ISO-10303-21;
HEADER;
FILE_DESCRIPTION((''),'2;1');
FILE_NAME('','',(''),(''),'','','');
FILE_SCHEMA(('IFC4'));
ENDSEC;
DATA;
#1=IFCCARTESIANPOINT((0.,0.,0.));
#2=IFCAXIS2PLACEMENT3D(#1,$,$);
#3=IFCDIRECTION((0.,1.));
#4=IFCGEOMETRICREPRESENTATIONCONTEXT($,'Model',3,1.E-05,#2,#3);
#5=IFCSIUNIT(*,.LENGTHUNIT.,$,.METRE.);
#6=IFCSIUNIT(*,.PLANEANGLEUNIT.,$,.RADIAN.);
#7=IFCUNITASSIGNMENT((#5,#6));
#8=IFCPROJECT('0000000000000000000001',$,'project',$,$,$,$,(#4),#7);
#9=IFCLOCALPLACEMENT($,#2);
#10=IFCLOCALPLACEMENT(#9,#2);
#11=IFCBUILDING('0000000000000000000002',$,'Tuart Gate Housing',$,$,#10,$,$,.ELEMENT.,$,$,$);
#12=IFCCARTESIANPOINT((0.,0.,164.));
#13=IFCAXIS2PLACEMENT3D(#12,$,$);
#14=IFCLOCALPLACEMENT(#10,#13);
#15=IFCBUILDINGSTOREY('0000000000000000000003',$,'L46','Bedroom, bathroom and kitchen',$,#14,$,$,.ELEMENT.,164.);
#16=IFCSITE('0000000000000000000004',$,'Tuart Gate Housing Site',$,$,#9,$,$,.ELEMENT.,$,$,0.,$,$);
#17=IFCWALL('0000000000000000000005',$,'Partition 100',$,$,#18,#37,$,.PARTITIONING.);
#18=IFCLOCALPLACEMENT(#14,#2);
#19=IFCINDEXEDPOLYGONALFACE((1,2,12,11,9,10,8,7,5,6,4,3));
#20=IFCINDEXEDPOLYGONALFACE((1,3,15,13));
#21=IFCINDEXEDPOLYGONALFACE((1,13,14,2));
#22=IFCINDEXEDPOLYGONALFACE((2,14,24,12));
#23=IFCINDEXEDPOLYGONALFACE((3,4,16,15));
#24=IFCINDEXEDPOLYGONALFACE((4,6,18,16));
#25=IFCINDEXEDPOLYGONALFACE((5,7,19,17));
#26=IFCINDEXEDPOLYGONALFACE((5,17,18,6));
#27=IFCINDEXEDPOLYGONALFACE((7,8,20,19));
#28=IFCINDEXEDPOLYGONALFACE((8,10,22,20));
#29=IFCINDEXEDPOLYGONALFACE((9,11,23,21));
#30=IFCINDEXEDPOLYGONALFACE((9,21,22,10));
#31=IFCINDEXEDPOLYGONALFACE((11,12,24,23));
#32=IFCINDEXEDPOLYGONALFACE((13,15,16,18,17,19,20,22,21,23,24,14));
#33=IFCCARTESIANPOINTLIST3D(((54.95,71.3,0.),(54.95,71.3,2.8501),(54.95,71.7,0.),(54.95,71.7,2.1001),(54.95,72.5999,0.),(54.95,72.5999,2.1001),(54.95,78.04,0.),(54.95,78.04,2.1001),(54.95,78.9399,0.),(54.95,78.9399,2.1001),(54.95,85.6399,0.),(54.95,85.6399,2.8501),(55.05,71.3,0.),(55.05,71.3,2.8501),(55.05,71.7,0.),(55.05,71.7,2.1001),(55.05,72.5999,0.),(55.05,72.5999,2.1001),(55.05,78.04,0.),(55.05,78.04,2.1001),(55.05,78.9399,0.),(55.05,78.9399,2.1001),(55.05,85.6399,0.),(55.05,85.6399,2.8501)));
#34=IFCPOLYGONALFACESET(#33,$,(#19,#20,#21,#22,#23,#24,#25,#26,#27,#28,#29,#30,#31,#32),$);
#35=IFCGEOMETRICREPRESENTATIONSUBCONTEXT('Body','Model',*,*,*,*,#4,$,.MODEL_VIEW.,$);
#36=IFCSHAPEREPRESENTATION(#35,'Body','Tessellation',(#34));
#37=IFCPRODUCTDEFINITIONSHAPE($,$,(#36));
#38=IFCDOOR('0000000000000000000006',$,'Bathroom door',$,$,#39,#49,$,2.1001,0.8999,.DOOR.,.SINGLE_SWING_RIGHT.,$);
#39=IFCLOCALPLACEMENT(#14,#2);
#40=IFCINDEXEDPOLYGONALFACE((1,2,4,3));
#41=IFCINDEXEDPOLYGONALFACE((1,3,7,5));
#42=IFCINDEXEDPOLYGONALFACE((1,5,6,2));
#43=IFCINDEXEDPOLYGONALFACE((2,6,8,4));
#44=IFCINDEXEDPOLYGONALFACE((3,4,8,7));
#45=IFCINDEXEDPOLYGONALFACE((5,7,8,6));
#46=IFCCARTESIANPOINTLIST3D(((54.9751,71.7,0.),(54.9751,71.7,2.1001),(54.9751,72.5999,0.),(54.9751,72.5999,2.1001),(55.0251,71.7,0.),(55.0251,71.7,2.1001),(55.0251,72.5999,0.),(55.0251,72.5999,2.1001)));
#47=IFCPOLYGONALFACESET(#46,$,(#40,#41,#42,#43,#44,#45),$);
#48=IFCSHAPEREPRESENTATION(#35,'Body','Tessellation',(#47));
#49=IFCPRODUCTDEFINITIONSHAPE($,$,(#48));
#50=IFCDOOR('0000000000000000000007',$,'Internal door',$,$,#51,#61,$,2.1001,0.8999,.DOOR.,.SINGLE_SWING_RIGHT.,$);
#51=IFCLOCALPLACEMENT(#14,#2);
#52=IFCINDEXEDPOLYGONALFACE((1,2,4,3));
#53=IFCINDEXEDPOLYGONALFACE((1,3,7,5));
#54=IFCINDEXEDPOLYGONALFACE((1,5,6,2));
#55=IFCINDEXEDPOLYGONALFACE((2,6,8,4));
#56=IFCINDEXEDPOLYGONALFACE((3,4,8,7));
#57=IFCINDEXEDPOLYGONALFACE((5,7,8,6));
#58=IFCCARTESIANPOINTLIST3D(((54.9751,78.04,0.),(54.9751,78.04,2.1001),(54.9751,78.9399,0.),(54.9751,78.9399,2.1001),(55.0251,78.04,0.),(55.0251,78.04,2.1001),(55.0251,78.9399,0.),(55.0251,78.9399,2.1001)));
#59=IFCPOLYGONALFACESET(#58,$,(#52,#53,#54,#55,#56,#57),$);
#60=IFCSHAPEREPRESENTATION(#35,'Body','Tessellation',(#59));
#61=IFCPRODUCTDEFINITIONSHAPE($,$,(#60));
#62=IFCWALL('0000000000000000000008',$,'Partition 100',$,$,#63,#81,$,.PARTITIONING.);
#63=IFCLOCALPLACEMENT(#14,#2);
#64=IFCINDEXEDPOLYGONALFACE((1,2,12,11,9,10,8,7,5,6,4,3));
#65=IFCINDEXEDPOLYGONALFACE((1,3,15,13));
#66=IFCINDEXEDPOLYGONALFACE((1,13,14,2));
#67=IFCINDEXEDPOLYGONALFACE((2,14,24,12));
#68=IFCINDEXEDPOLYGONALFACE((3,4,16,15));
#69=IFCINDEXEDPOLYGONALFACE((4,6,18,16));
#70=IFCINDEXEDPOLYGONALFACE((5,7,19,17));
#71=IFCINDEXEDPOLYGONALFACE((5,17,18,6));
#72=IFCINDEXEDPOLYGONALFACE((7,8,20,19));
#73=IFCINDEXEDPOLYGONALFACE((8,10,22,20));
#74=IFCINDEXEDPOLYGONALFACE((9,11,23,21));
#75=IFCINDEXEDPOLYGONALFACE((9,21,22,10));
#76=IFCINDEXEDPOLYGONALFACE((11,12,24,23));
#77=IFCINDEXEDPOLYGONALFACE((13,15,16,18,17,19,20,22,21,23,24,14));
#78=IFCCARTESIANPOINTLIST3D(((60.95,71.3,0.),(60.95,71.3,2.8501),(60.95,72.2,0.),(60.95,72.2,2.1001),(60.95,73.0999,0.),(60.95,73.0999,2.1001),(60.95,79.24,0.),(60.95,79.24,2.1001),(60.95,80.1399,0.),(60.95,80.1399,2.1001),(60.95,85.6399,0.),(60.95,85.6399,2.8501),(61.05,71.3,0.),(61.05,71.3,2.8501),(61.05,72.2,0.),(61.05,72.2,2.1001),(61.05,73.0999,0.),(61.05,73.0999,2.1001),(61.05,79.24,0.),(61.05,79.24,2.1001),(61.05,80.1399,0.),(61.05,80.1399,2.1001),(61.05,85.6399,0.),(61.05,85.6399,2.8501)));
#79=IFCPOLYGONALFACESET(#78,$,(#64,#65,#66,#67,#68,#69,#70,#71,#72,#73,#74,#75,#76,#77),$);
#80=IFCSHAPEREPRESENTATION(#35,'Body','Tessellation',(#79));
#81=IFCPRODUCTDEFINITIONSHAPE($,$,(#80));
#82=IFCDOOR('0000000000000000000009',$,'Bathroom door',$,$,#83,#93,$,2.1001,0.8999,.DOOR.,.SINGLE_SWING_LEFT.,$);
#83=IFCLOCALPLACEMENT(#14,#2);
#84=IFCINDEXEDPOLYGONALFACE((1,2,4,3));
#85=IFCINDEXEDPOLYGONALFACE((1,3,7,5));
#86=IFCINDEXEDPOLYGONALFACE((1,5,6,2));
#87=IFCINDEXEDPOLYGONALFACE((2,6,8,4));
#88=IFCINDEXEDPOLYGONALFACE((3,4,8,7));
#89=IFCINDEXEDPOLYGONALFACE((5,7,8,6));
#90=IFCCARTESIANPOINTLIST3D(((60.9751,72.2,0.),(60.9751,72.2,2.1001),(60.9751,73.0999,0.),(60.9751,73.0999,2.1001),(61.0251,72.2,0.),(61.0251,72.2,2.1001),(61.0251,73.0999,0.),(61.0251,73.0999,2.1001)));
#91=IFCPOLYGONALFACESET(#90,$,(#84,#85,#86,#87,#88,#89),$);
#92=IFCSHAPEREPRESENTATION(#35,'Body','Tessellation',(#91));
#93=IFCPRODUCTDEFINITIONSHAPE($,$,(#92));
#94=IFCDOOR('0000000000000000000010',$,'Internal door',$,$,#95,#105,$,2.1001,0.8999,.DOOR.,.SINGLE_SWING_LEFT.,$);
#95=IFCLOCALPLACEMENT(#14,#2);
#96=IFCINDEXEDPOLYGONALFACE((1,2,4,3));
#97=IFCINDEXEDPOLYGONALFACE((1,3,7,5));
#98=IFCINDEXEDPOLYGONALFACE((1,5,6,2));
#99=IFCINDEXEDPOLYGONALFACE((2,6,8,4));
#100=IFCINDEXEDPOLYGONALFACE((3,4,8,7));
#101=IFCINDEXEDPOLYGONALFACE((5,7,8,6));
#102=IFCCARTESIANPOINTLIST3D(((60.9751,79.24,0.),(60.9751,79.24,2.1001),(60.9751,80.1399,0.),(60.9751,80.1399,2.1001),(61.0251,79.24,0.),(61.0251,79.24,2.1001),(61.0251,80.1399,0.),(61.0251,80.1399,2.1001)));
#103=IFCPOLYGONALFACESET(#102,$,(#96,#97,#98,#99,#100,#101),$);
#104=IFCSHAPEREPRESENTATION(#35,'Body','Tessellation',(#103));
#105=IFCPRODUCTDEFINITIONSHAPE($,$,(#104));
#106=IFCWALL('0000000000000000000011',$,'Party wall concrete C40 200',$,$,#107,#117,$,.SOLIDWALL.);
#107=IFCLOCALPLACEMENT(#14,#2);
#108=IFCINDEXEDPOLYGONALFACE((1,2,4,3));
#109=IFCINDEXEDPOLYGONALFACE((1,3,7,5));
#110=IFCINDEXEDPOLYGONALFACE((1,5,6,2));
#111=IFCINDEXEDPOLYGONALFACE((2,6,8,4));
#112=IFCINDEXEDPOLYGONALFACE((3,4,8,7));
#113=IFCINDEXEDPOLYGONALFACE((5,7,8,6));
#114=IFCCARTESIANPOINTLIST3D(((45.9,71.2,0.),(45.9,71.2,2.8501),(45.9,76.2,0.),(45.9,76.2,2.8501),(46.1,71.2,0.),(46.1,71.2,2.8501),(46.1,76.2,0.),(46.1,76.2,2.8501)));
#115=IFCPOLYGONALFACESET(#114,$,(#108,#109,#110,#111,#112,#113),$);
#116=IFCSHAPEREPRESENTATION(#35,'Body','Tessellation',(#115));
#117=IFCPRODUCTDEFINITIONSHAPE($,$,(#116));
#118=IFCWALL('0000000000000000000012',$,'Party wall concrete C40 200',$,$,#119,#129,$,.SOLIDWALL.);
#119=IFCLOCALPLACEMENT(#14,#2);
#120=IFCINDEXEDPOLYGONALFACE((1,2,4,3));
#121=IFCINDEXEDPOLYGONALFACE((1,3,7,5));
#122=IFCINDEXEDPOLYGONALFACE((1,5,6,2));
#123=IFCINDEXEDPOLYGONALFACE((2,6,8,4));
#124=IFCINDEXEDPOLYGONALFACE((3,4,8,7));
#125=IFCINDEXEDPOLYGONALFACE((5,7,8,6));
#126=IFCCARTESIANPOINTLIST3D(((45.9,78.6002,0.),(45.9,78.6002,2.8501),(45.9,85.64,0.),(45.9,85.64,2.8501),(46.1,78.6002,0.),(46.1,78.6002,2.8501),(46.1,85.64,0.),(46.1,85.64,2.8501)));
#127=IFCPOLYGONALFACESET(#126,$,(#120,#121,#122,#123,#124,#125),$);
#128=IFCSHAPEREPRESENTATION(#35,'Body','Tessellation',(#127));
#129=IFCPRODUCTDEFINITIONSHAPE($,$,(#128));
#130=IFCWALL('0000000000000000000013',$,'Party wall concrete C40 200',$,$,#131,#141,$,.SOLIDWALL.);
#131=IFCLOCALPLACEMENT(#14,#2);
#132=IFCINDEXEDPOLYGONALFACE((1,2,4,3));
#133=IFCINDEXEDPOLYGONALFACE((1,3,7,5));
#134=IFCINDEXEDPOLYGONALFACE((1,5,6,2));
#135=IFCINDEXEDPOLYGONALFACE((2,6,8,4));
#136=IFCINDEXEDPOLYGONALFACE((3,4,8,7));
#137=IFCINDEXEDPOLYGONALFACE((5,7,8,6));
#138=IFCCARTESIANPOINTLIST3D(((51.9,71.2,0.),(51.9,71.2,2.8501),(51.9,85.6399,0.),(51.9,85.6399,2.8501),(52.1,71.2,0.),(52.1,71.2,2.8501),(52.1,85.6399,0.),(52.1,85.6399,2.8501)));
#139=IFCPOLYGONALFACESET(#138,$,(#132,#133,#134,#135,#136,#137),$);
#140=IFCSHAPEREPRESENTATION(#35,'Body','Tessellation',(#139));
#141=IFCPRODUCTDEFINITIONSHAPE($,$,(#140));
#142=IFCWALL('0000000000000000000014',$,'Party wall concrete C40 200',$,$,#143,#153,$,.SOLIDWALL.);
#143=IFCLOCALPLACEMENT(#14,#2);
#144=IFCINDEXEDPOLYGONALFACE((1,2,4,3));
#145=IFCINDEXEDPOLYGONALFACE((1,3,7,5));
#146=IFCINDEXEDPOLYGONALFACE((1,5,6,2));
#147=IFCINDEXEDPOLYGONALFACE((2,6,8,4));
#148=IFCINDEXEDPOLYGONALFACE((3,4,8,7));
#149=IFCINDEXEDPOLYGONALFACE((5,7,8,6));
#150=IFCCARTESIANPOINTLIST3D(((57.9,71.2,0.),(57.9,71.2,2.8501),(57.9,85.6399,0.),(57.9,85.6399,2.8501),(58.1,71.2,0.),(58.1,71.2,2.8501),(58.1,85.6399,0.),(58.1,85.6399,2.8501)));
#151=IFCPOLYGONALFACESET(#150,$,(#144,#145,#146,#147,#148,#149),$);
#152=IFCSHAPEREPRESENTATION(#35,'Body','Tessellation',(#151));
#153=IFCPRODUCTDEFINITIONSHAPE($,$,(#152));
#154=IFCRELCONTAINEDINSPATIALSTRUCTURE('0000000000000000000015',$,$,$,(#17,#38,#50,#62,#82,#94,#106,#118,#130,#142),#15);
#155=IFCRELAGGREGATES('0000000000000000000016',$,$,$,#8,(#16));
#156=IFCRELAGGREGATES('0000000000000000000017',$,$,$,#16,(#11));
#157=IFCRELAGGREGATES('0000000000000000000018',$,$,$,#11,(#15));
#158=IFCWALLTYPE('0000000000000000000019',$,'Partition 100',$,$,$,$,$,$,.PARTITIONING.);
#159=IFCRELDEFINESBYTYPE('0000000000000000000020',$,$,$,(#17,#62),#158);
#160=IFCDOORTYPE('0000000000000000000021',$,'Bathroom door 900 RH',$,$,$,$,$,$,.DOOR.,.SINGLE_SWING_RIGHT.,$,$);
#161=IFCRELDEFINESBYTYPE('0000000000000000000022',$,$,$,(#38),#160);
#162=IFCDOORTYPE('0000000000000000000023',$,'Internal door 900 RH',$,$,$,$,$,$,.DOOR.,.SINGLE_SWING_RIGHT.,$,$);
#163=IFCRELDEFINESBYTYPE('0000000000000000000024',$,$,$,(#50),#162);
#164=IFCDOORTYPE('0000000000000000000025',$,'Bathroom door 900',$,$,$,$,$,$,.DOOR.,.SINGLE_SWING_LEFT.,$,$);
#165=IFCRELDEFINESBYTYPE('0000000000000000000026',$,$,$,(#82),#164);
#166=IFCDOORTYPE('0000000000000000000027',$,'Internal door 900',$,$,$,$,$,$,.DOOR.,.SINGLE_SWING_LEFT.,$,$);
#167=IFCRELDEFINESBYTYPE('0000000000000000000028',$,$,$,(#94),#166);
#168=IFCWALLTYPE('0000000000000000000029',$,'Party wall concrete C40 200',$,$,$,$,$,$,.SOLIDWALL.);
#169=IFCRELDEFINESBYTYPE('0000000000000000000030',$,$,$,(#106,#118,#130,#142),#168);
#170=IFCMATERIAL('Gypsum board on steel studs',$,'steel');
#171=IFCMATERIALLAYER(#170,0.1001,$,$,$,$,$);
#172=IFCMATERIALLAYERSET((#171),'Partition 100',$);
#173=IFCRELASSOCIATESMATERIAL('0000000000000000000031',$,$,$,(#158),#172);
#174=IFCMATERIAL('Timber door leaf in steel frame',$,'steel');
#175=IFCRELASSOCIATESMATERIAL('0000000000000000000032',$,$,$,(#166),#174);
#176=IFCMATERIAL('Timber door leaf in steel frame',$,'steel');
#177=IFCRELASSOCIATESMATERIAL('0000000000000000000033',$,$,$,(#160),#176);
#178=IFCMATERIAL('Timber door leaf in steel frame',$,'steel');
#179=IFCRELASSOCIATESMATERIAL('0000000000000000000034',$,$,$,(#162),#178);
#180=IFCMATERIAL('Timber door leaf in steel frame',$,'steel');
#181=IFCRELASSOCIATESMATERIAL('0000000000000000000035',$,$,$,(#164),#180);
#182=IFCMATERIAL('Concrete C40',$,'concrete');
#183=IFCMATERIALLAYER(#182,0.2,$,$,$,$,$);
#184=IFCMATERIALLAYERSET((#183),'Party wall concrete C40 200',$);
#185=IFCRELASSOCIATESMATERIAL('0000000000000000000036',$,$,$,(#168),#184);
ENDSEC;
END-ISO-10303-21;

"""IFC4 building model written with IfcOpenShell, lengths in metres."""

from ifc_helpers import new_model, si_unit, direction, frame, frame_2d, origin, place, context, subcontext, project, spatial, rectangle, extrude, material, layer, layer_set, type_object, element, fill, save


model = new_model("IFC4")

# Units and contexts
model_context = context("Model", 3, precision=1e-05, world=origin(), true_north=direction((0.0, 1.0)))
body_context = subcontext(model_context, "Body", "Model", "MODEL_VIEW")
ifc_project = project(units=[si_unit("LENGTHUNIT", "METRE"), si_unit("PLANEANGLEUNIT", "RADIAN")], contexts=[model_context])

# Site, building, storey
site_placement = place(None, origin())
site = spatial("IfcSite", under=ifc_project, at=site_placement, Name="Tuart Gate Housing Site", CompositionType="ELEMENT", RefElevation=0.0)
building_placement = place(site_placement, origin())
building = spatial("IfcBuilding", under=site, at=building_placement, Name="Tuart Gate Housing", CompositionType="ELEMENT")
storey_placement = place(building_placement, frame((0.0, 0.0, 164.0)))
storey = spatial("IfcBuildingStorey", under=building, at=storey_placement, Name="L46", Description="Bedroom, bathroom and kitchen", CompositionType="ELEMENT", Elevation=164.0)

# Shared definitions
ifc_material_1 = material(Name="Gypsum board on steel studs", Category="steel")
ifc_layer_1 = layer(ifc_material_1, 0.1001)
ifc_layer_set_1 = layer_set([ifc_layer_1], Name="Partition 100")
wall_type_1 = type_object("IfcWallType", Name="Partition 100", PredefinedType="PARTITIONING", material=ifc_layer_set_1)

# Shared definitions
ifc_material_2 = material(Name="Timber door leaf in steel frame", Category="steel")
door_type_1 = type_object("IfcDoorType", Name="Internal door 900", OperationType="SINGLE_SWING_LEFT", PredefinedType="DOOR", material=ifc_material_2)

# Walls, openings, doors
ifc_material_3 = material(Name="Timber door leaf in steel frame", Category="steel")
door_type_2 = type_object("IfcDoorType", Name="Bathroom door 900 RH", OperationType="SINGLE_SWING_RIGHT", PredefinedType="DOOR", material=ifc_material_3)
ifc_material_4 = material(Name="Timber door leaf in steel frame", Category="steel")
door_type_3 = type_object("IfcDoorType", Name="Internal door 900 RH", OperationType="SINGLE_SWING_RIGHT", PredefinedType="DOOR", material=ifc_material_4)
wall_1_placement = place(storey_placement, frame((55.0, 71.3, 0.0), z_axis=(0.0, 0.0, 1.0), x_axis=(0.0, 1.0, 0.0)))
wall_1 = element("IfcWall", 1, at=wall_1_placement, inside=storey, type_object=wall_type_1, Name="Partition 100", PredefinedType="PARTITIONING", context=body_context, shape_type="SweptSolid", body=[
    extrude(rectangle(XDim=14.3398, YDim=0.1001, at=frame_2d((7.1699, 0.0))), origin(), (0.0, 0.0, 1.0), 2.8501),
])
opening_1_placement = place(wall_1_placement, frame((6.74, 0.0, 0.0)))
opening_1 = element("IfcOpeningElement", 2, at=opening_1_placement, cuts=wall_1, PredefinedType="OPENING", context=body_context, shape_type="SweptSolid", body=[
    extrude(rectangle(XDim=0.8999, YDim=2.1001, at=frame_2d((0.45, 1.05))), frame((0.0, 0.0601, 0.0), z_axis=(0.0, -1.0, 0.0), x_axis=(1.0, 0.0, 0.0)), (0.0, 0.0, 1.0), 0.1201),
])
opening_2_placement = place(wall_1_placement, frame((0.3999, 0.0, 0.0)))
opening_2 = element("IfcOpeningElement", 3, at=opening_2_placement, cuts=wall_1, PredefinedType="OPENING", context=body_context, shape_type="SweptSolid", body=[
    extrude(rectangle(XDim=0.8999, YDim=2.1001, at=frame_2d((0.45, 1.05))), frame((0.0, 0.0601, 0.0), z_axis=(0.0, -1.0, 0.0), x_axis=(1.0, 0.0, 0.0)), (0.0, 0.0, 1.0), 0.1201),
])
door_1_placement = place(opening_2_placement, frame((0.8999, 0.0, 0.0), z_axis=(0.0, 0.0, 1.0), x_axis=(-1.0, 0.0, 0.0)))
door_1 = element("IfcDoor", 4, at=door_1_placement, inside=storey, type_object=door_type_2, Name="Bathroom door", OperationType="SINGLE_SWING_RIGHT", OverallHeight=2.1001, OverallWidth=0.8999, PredefinedType="DOOR", context=body_context, shape_type="SweptSolid", body=[
    extrude(rectangle(XDim=0.8999, YDim=2.1001, at=frame_2d((0.45, 1.05))), frame((0.0, 0.0251, 0.0), z_axis=(0.0, -1.0, 0.0), x_axis=(1.0, 0.0, 0.0)), (0.0, 0.0, 1.0), 0.05),
])
fill(opening_2, door_1)
door_2_placement = place(opening_1_placement, frame((0.8999, 0.0, 0.0), z_axis=(0.0, 0.0, 1.0), x_axis=(-1.0, 0.0, 0.0)))
door_2 = element("IfcDoor", 5, at=door_2_placement, inside=storey, type_object=door_type_3, Name="Internal door", OperationType="SINGLE_SWING_RIGHT", OverallHeight=2.1001, OverallWidth=0.8999, PredefinedType="DOOR", context=body_context, shape_type="SweptSolid", body=[
    extrude(rectangle(XDim=0.8999, YDim=2.1001, at=frame_2d((0.45, 1.05))), frame((0.0, 0.0251, 0.0), z_axis=(0.0, -1.0, 0.0), x_axis=(1.0, 0.0, 0.0)), (0.0, 0.0, 1.0), 0.05),
])
fill(opening_1, door_2)
wall_2_placement = place(storey_placement, frame((61.0, 71.3, 0.0), z_axis=(0.0, 0.0, 1.0), x_axis=(0.0, 1.0, 0.0)))
wall_2 = element("IfcWall", 6, at=wall_2_placement, inside=storey, type_object=wall_type_1, Name="Partition 100", PredefinedType="PARTITIONING", context=body_context, shape_type="SweptSolid", body=[
    extrude(rectangle(XDim=14.3398, YDim=0.1001, at=frame_2d((7.1699, 0.0))), origin(), (0.0, 0.0, 1.0), 2.8501),
])
opening_3_placement = place(wall_2_placement, frame((7.9399, 0.0, 0.0)))
opening_3 = element("IfcOpeningElement", 7, at=opening_3_placement, cuts=wall_2, PredefinedType="OPENING", context=body_context, shape_type="SweptSolid", body=[
    extrude(rectangle(XDim=0.8999, YDim=2.1001, at=frame_2d((0.45, 1.05))), frame((0.0, 0.0601, 0.0), z_axis=(0.0, -1.0, 0.0), x_axis=(1.0, 0.0, 0.0)), (0.0, 0.0, 1.0), 0.1201),
])
opening_4_placement = place(wall_2_placement, frame((0.8999, 0.0, 0.0)))
opening_4 = element("IfcOpeningElement", 8, at=opening_4_placement, cuts=wall_2, PredefinedType="OPENING", context=body_context, shape_type="SweptSolid", body=[
    extrude(rectangle(XDim=0.8999, YDim=2.1001, at=frame_2d((0.45, 1.05))), frame((0.0, 0.0601, 0.0), z_axis=(0.0, -1.0, 0.0), x_axis=(1.0, 0.0, 0.0)), (0.0, 0.0, 1.0), 0.1201),
])
ifc_material_5 = material(Name="Timber door leaf in steel frame", Category="steel")
door_type_4 = type_object("IfcDoorType", Name="Bathroom door 900", OperationType="SINGLE_SWING_LEFT", PredefinedType="DOOR", material=ifc_material_5)
door_3_placement = place(opening_4_placement, origin())
door_3 = element("IfcDoor", 9, at=door_3_placement, inside=storey, type_object=door_type_4, Name="Bathroom door", OperationType="SINGLE_SWING_LEFT", OverallHeight=2.1001, OverallWidth=0.8999, PredefinedType="DOOR", context=body_context, shape_type="SweptSolid", body=[
    extrude(rectangle(XDim=0.8999, YDim=2.1001, at=frame_2d((0.45, 1.05))), frame((0.0, 0.0249, 0.0), z_axis=(0.0, -1.0, 0.0), x_axis=(1.0, 0.0, 0.0)), (0.0, 0.0, 1.0), 0.05),
])
fill(opening_4, door_3)
door_4_placement = place(opening_3_placement, origin())
door_4 = element("IfcDoor", 10, at=door_4_placement, inside=storey, type_object=door_type_1, Name="Internal door", OperationType="SINGLE_SWING_LEFT", OverallHeight=2.1001, OverallWidth=0.8999, PredefinedType="DOOR", context=body_context, shape_type="SweptSolid", body=[
    extrude(rectangle(XDim=0.8999, YDim=2.1001, at=frame_2d((0.45, 1.05))), frame((0.0, 0.0249, 0.0), z_axis=(0.0, -1.0, 0.0), x_axis=(1.0, 0.0, 0.0)), (0.0, 0.0, 1.0), 0.05),
])
fill(opening_3, door_4)

# Walls
ifc_material_6 = material(Name="Concrete C40", Category="concrete")
ifc_layer_2 = layer(ifc_material_6, 0.2)
ifc_layer_set_2 = layer_set([ifc_layer_2], Name="Party wall concrete C40 200")
wall_type_2 = type_object("IfcWallType", Name="Party wall concrete C40 200", PredefinedType="SOLIDWALL", material=ifc_layer_set_2)
wall_3_placement = place(storey_placement, frame((46.0, 71.2, 0.0), z_axis=(0.0, 0.0, 1.0), x_axis=(0.0, 1.0, 0.0)))
element("IfcWall", 11, at=wall_3_placement, inside=storey, type_object=wall_type_2, Name="Party wall concrete C40 200", PredefinedType="SOLIDWALL", context=body_context, shape_type="SweptSolid", body=[
    extrude(rectangle(XDim=5.0, YDim=0.2, at=frame_2d((2.5, 0.0))), origin(), (0.0, 0.0, 1.0), 2.8501),
])
wall_4_placement = place(storey_placement, frame((46.0, 78.6001, 0.0), z_axis=(0.0, 0.0, 1.0), x_axis=(0.0, 1.0, 0.0)))
element("IfcWall", 12, at=wall_4_placement, inside=storey, type_object=wall_type_2, Name="Party wall concrete C40 200", PredefinedType="SOLIDWALL", context=body_context, shape_type="SweptSolid", body=[
    extrude(rectangle(XDim=7.0398, YDim=0.2, at=frame_2d((3.52, 0.0))), origin(), (0.0, 0.0, 1.0), 2.8501),
])
for number, where, z_axis, x_axis, name in (
    (13, (52.0, 71.2, 0.0), (0.0, 0.0, 1.0), (0.0, 1.0, 0.0), "Party wall concrete C40 200"),
    (14, (58.0, 71.2, 0.0), (0.0, 0.0, 1.0), (0.0, 1.0, 0.0), "Party wall concrete C40 200"),
):
    element("IfcWall", number, at=place(storey_placement, frame(where, z_axis=z_axis, x_axis=x_axis)), inside=storey, type_object=wall_type_2, Name=name, PredefinedType="SOLIDWALL", context=body_context, shape_type="SweptSolid", body=[
        extrude(rectangle(XDim=14.4399, YDim=0.2, at=frame_2d((7.22, 0.0))), origin(), (0.0, 0.0, 1.0), 2.8501),
    ])

save(model, "model.ifc")
